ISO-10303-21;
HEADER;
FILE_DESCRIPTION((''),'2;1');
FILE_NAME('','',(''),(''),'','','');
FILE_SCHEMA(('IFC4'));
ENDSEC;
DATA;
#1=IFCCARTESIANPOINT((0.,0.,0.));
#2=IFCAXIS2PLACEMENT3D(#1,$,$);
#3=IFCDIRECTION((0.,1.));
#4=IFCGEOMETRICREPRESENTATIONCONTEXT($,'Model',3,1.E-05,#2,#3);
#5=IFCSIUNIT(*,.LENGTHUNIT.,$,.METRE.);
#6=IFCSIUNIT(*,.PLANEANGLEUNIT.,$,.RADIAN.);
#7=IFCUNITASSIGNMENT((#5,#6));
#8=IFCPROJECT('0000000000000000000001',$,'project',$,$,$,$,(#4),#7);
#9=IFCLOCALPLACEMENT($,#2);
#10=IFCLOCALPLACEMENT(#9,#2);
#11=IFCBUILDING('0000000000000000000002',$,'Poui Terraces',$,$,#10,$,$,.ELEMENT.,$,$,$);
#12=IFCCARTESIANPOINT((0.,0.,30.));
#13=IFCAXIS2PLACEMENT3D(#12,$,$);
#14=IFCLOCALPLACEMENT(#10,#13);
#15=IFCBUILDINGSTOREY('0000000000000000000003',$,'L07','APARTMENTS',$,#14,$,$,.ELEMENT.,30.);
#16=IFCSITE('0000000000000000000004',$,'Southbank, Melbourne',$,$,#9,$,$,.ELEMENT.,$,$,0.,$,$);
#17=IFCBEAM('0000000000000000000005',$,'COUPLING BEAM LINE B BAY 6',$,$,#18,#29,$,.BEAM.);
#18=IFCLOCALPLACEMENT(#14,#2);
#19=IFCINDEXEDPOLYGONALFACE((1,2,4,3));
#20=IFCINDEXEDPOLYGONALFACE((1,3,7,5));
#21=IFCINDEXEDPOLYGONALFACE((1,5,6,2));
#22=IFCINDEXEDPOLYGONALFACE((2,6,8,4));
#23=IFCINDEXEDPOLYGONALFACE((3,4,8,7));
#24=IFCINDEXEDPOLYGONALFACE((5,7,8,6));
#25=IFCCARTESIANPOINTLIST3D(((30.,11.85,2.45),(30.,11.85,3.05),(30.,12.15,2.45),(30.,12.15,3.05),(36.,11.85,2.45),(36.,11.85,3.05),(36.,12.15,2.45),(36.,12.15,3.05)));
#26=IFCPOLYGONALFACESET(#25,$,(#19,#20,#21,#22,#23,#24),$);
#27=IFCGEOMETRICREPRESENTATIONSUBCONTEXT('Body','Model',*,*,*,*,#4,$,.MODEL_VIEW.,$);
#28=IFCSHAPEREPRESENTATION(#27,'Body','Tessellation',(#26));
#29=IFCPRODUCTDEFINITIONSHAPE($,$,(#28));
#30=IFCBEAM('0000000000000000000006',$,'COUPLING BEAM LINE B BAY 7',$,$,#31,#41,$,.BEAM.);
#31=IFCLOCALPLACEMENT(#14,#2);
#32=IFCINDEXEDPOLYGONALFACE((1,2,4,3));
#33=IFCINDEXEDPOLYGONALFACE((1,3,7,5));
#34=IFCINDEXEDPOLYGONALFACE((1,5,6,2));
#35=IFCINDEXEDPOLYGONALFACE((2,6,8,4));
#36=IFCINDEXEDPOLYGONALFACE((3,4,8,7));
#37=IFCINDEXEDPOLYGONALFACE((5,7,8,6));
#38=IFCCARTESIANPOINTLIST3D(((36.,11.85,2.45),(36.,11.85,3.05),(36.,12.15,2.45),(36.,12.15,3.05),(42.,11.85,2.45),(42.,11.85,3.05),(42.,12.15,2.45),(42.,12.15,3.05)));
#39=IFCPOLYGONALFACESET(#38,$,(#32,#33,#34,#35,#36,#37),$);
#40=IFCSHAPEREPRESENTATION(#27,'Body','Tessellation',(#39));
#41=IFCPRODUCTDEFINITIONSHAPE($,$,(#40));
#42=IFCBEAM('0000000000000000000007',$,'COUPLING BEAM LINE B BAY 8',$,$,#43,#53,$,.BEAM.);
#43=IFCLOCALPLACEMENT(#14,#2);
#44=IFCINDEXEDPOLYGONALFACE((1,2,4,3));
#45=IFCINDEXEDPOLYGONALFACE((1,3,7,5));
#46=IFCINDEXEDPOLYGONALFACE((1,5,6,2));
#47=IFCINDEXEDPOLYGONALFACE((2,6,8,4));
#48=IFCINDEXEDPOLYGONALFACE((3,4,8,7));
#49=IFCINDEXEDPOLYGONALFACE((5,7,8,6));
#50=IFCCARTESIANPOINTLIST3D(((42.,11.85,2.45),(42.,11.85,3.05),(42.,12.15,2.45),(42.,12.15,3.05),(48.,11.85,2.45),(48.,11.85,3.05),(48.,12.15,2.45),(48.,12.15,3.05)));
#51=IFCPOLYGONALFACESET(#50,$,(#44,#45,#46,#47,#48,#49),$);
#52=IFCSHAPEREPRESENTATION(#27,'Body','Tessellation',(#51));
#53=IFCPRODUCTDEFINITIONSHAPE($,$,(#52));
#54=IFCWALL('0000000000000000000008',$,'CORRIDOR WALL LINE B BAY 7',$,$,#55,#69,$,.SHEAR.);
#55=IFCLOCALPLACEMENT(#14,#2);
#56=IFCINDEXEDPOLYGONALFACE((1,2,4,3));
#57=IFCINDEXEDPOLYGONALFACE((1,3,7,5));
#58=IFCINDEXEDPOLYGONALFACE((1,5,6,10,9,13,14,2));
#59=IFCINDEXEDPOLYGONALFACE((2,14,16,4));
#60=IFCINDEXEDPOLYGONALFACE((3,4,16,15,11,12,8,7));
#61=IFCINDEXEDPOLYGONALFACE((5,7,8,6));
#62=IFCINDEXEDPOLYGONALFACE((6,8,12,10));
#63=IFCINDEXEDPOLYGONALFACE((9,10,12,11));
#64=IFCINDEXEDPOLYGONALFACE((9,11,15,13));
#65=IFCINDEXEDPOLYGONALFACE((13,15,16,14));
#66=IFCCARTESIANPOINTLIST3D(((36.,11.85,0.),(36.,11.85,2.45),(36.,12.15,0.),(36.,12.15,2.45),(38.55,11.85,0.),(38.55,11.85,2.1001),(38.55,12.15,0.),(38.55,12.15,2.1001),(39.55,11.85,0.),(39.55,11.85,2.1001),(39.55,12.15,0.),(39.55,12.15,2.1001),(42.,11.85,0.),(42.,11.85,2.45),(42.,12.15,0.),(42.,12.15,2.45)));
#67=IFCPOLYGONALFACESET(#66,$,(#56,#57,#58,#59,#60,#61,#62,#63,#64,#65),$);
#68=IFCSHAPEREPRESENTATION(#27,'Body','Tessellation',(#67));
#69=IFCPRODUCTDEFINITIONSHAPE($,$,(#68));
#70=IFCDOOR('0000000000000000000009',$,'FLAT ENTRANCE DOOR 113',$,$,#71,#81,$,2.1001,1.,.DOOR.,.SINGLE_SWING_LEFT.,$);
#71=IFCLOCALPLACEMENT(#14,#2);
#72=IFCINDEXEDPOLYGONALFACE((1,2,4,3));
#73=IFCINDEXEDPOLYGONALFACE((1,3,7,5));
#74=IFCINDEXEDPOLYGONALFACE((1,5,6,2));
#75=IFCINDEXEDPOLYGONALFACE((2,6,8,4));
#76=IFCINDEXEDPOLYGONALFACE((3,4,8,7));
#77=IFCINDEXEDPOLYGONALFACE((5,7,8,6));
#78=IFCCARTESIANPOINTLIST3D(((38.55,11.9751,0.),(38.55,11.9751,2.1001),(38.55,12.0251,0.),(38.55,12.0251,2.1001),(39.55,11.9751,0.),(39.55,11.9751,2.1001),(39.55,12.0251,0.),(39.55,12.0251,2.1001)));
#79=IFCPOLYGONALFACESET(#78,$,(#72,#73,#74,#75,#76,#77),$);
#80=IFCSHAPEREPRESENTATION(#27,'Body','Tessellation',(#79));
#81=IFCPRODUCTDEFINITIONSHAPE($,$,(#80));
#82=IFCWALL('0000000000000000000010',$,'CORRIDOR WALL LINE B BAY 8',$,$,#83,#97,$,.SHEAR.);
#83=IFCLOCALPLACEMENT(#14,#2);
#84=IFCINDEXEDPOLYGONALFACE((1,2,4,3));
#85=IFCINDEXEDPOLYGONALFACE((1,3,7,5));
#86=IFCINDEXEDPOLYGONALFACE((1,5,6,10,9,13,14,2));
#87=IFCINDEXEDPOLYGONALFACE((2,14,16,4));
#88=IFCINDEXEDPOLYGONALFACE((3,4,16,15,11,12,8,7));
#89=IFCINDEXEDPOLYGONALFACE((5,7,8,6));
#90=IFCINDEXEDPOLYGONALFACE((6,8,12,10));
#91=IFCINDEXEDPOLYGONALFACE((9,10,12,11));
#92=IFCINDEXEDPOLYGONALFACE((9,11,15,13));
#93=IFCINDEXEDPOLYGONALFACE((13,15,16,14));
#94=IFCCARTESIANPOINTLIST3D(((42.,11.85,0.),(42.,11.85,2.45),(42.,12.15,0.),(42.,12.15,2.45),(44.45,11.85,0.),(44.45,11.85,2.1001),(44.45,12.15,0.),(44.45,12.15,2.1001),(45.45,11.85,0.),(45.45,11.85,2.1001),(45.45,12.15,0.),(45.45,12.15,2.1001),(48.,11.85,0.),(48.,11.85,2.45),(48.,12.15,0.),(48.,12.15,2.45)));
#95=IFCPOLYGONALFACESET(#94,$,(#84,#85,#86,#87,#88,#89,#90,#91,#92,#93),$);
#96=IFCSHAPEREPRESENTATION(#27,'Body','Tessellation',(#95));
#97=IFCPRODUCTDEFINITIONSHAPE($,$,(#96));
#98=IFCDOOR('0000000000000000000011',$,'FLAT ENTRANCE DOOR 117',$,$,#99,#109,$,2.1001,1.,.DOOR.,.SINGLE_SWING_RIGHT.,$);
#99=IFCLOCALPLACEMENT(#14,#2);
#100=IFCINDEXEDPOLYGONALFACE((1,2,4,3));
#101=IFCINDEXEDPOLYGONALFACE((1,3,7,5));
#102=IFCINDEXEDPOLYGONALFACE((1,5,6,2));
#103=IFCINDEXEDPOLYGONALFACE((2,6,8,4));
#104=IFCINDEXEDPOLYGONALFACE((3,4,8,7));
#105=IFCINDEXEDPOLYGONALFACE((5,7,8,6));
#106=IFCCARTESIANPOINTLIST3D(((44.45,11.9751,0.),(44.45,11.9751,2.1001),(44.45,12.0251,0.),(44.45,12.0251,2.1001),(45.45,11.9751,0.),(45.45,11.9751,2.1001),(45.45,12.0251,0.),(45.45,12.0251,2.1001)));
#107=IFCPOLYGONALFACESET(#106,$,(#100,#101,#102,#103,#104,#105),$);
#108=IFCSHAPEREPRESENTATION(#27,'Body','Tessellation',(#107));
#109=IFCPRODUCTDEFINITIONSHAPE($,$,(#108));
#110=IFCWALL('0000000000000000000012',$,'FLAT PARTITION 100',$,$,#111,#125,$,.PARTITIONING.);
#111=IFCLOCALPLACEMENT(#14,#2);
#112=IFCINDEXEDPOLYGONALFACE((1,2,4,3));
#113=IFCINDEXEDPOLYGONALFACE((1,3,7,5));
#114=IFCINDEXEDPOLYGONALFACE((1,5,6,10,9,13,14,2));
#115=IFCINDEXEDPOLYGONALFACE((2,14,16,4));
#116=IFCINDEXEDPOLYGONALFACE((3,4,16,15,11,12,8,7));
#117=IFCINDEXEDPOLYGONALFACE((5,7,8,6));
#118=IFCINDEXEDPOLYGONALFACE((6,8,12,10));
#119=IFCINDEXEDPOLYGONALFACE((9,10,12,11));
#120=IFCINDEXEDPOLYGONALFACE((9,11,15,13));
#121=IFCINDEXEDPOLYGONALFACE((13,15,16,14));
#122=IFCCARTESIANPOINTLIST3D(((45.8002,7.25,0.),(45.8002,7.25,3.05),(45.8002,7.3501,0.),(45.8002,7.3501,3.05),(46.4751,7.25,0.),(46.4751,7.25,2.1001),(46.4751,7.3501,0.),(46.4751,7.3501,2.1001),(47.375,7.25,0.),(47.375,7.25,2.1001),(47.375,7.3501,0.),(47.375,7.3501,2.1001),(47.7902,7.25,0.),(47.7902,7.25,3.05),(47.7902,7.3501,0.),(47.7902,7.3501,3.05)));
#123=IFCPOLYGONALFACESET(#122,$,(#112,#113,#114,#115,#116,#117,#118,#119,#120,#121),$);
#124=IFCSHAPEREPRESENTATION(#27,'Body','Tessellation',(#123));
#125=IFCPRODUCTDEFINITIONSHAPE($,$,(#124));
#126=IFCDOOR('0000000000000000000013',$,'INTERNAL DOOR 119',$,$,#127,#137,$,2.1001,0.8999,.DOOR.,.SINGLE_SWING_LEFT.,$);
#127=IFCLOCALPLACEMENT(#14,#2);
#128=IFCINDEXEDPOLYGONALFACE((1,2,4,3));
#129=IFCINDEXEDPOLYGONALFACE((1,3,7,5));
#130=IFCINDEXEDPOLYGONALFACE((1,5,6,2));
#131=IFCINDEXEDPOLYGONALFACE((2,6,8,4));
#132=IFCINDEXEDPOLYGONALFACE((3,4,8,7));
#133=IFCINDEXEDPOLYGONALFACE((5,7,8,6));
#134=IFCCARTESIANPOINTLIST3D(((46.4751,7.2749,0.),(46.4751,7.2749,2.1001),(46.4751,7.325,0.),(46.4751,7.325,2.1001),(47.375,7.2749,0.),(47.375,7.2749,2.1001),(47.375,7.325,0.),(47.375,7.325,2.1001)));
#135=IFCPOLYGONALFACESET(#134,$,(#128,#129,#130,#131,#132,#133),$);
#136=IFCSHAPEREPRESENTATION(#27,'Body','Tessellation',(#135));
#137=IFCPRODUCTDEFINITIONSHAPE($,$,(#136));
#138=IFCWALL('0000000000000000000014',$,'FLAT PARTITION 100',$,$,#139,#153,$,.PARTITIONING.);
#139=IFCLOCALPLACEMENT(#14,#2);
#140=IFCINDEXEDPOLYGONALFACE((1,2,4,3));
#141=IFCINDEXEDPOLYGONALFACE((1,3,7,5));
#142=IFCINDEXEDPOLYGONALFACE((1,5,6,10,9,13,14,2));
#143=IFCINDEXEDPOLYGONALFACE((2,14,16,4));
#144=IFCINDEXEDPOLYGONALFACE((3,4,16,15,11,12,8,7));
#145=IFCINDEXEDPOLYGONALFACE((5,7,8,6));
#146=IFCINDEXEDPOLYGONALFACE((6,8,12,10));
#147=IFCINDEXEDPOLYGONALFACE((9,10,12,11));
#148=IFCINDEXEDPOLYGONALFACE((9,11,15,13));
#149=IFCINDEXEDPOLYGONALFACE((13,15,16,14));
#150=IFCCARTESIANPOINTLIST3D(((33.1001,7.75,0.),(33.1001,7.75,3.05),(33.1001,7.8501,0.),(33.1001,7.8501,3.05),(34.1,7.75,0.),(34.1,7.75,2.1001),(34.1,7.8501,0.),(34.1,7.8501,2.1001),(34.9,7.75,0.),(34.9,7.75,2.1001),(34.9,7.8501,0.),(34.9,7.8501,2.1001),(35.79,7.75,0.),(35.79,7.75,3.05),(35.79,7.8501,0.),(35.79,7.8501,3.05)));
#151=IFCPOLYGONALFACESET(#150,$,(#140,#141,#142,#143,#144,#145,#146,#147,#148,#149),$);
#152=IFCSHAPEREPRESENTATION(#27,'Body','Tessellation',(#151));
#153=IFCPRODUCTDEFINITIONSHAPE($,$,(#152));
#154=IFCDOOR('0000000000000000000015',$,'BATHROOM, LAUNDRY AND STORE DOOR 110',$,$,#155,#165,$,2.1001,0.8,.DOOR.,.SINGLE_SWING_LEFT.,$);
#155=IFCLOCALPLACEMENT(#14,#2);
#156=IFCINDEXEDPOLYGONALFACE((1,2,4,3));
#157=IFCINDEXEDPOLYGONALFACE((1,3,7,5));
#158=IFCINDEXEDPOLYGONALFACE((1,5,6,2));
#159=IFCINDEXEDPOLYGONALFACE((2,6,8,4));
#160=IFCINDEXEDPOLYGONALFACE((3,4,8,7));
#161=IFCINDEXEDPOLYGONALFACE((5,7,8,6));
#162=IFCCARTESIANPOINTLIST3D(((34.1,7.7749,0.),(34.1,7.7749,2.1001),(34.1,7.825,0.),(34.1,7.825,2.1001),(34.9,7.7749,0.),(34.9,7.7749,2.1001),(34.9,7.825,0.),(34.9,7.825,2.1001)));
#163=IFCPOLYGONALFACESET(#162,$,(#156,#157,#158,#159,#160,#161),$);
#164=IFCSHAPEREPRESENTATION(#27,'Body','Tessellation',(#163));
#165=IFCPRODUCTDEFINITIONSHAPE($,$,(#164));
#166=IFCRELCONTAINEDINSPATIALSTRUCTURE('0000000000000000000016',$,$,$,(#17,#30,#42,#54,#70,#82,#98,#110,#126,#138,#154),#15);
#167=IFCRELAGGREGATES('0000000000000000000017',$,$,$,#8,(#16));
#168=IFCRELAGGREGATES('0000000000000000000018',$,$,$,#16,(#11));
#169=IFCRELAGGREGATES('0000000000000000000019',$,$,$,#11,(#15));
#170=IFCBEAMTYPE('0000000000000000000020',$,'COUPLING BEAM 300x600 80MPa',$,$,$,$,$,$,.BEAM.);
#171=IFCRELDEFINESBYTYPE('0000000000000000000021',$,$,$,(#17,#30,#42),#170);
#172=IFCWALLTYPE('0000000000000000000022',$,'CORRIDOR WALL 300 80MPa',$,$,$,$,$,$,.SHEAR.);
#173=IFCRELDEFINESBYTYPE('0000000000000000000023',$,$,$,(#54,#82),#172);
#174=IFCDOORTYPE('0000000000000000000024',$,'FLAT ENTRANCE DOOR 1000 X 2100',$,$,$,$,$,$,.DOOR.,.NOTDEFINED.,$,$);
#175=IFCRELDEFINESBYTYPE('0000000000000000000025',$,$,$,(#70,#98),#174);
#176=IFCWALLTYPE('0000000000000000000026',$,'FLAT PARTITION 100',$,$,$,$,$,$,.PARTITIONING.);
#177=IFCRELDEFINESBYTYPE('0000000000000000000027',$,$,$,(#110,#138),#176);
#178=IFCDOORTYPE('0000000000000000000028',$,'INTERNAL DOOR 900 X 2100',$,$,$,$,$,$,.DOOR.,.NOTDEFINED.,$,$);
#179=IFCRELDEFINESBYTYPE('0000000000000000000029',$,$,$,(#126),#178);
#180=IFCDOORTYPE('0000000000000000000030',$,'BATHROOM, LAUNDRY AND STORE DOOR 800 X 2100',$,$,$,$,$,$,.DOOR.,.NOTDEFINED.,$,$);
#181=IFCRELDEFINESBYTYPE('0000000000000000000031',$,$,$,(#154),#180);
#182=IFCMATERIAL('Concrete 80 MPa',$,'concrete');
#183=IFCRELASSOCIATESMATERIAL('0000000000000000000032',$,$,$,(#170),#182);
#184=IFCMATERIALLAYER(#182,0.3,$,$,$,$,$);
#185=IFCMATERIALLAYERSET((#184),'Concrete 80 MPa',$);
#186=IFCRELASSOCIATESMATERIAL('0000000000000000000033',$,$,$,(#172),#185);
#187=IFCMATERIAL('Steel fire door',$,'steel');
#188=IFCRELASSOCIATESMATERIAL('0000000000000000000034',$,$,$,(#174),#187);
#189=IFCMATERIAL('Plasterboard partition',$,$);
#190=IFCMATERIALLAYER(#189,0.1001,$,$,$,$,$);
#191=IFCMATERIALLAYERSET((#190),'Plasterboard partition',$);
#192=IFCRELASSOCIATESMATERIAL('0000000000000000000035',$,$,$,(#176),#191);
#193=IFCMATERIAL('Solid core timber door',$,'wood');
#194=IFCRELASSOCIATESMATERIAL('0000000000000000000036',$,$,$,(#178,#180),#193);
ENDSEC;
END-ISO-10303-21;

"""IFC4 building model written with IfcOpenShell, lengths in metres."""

from ifc_helpers import new_model, si_unit, direction, frame, frame_2d, origin, origin_2d, place, context, subcontext, project, spatial, rectangle, extrude, source, transform, mapped, material, layer, layer_set, material_profile, profile_set, type_object, element, fill, save


model = new_model("IFC4")

# Units and contexts
model_context = context("Model", 3, precision=1e-05, world=origin(), true_north=direction((0.0, 1.0)))
body_context = subcontext(model_context, "Body", "Model", "MODEL_VIEW")
ifc_project = project(units=[si_unit("LENGTHUNIT", "METRE"), si_unit("PLANEANGLEUNIT", "RADIAN")], contexts=[model_context])

# Site, building, storey
site_placement = place(None, origin())
site = spatial("IfcSite", under=ifc_project, at=site_placement, Name="Southbank, Melbourne", CompositionType="ELEMENT", RefElevation=0.0)
building_placement = place(site_placement, origin())
building = spatial("IfcBuilding", under=site, at=building_placement, Name="Poui Terraces", CompositionType="ELEMENT")
storey_placement = place(building_placement, frame((0.0, 0.0, 30.0)))
storey = spatial("IfcBuildingStorey", under=building, at=storey_placement, Name="L07", Description="APARTMENTS", CompositionType="ELEMENT", Elevation=30.0)

# Beams
ifc_material_1 = material(Name="Concrete 80 MPa", Category="concrete")
ifc_material_profile = material_profile(ifc_material_1, rectangle(XDim=0.3, YDim=0.6001, at=origin_2d()), Name="RC 300x600")
ifc_profile_set = profile_set([ifc_material_profile], Name="Concrete 80 MPa")
beam_type = type_object("IfcBeamType", Name="COUPLING BEAM 300x600 80MPa", PredefinedType="BEAM", material=ifc_profile_set)
shared_shape = source(origin(), body_context, "Body", "SweptSolid", [
    extrude(rectangle(XDim=0.3, YDim=0.6001, at=origin_2d()), origin(), (0.0, 0.0, 1.0), 6.0),
])
for number, where, z_axis, x_axis, name in (
    (1, (30.0, 12.0, 2.75), (1.0, 0.0, 0.0), (0.0, 1.0, 0.0), "COUPLING BEAM LINE B BAY 6"),
    (2, (36.0, 12.0, 2.75), (1.0, 0.0, 0.0), (0.0, 1.0, 0.0), "COUPLING BEAM LINE B BAY 7"),
    (3, (42.0, 12.0, 2.75), (1.0, 0.0, 0.0), (0.0, 1.0, 0.0), "COUPLING BEAM LINE B BAY 8"),
):
    element("IfcBeam", number, at=place(storey_placement, frame(where, z_axis=z_axis, x_axis=x_axis)), inside=storey, type_object=beam_type, Name=name, PredefinedType="BEAM", context=body_context, shape_type="MappedRepresentation", body=[
        mapped(shared_shape, transform((0.0, 0.0, 0.0))),
    ])

# Walls, openings, doors
ifc_layer_1 = layer(ifc_material_1, 0.3)
ifc_layer_set_1 = layer_set([ifc_layer_1], Name="Concrete 80 MPa")
wall_type_1 = type_object("IfcWallType", Name="CORRIDOR WALL 300 80MPa", PredefinedType="SHEAR", material=ifc_layer_set_1)
wall_1_placement = place(storey_placement, frame((36.0, 12.0, 0.0), z_axis=(0.0, 0.0, 1.0), x_axis=(1.0, 0.0, 0.0)))
wall_1 = element("IfcWall", 4, at=wall_1_placement, inside=storey, type_object=wall_type_1, Name="CORRIDOR WALL LINE B BAY 7", PredefinedType="SHEAR", context=body_context, shape_type="SweptSolid", body=[
    extrude(rectangle(XDim=6.0, YDim=0.3, at=frame_2d((3.0, 0.0))), origin(), (0.0, 0.0, 1.0), 2.45),
])
opening_1_placement = place(wall_1_placement, frame((2.55, 0.0, 0.0)))
opening_1 = element("IfcOpeningElement", 5, at=opening_1_placement, cuts=wall_1, PredefinedType="OPENING", context=body_context, shape_type="SweptSolid", body=[
    extrude(rectangle(XDim=1.0, YDim=2.1001, at=frame_2d((0.5, 1.05))), frame((0.0, 0.1602, 0.0), z_axis=(0.0, -1.0, 0.0), x_axis=(1.0, 0.0, 0.0)), (0.0, 0.0, 1.0), 0.3201),
])
ifc_material_2 = material(Name="Steel fire door", Category="steel")
door_type_1 = type_object("IfcDoorType", Name="FLAT ENTRANCE DOOR 1000 X 2100", OperationType="NOTDEFINED", PredefinedType="DOOR", material=ifc_material_2)
door_1_placement = place(opening_1_placement, frame((1.0, 0.0, 0.0), z_axis=(0.0, 0.0, 1.0), x_axis=(-1.0, 0.0, 0.0)))
door_1 = element("IfcDoor", 6, at=door_1_placement, inside=storey, type_object=door_type_1, Name="FLAT ENTRANCE DOOR 113", OperationType="SINGLE_SWING_LEFT", OverallHeight=2.1001, OverallWidth=1.0, PredefinedType="DOOR", context=body_context, shape_type="SweptSolid", body=[
    extrude(rectangle(XDim=1.0, YDim=2.1001, at=frame_2d((0.5, 1.05))), frame((0.0, 0.0249, 0.0), z_axis=(0.0, -1.0, 0.0), x_axis=(1.0, 0.0, 0.0)), (0.0, 0.0, 1.0), 0.05),
])
fill(opening_1, door_1)
wall_2_placement = place(storey_placement, frame((42.0, 12.0, 0.0), z_axis=(0.0, 0.0, 1.0), x_axis=(1.0, 0.0, 0.0)))
wall_2 = element("IfcWall", 7, at=wall_2_placement, inside=storey, type_object=wall_type_1, Name="CORRIDOR WALL LINE B BAY 8", PredefinedType="SHEAR", context=body_context, shape_type="SweptSolid", body=[
    extrude(rectangle(XDim=6.0, YDim=0.3, at=frame_2d((3.0, 0.0))), origin(), (0.0, 0.0, 1.0), 2.45),
])
opening_2_placement = place(wall_2_placement, frame((2.45, 0.0, 0.0)))
opening_2 = element("IfcOpeningElement", 8, at=opening_2_placement, cuts=wall_2, PredefinedType="OPENING", context=body_context, shape_type="SweptSolid", body=[
    extrude(rectangle(XDim=1.0, YDim=2.1001, at=frame_2d((0.5, 1.05))), frame((0.0, 0.1602, 0.0), z_axis=(0.0, -1.0, 0.0), x_axis=(1.0, 0.0, 0.0)), (0.0, 0.0, 1.0), 0.3201),
])
door_2_placement = place(opening_2_placement, frame((1.0, 0.0, 0.0), z_axis=(0.0, 0.0, 1.0), x_axis=(-1.0, 0.0, 0.0)))
door_2 = element("IfcDoor", 9, at=door_2_placement, inside=storey, type_object=door_type_1, Name="FLAT ENTRANCE DOOR 117", OperationType="SINGLE_SWING_RIGHT", OverallHeight=2.1001, OverallWidth=1.0, PredefinedType="DOOR", context=body_context, shape_type="SweptSolid", body=[
    extrude(rectangle(XDim=1.0, YDim=2.1001, at=frame_2d((0.5, 1.05))), frame((0.0, 0.0249, 0.0), z_axis=(0.0, -1.0, 0.0), x_axis=(1.0, 0.0, 0.0)), (0.0, 0.0, 1.0), 0.05),
])
fill(opening_2, door_2)
ifc_material_3 = material(Name="Plasterboard partition")
ifc_layer_2 = layer(ifc_material_3, 0.1001)
ifc_layer_set_2 = layer_set([ifc_layer_2], Name="Plasterboard partition")
wall_type_2 = type_object("IfcWallType", Name="FLAT PARTITION 100", PredefinedType="PARTITIONING", material=ifc_layer_set_2)
wall_3_placement = place(storey_placement, frame((45.8, 7.3, 0.0), z_axis=(0.0, 0.0, 1.0), x_axis=(1.0, 0.0, 0.0)))
wall_3 = element("IfcWall", 10, at=wall_3_placement, inside=storey, type_object=wall_type_2, Name="FLAT PARTITION 100", PredefinedType="PARTITIONING", context=body_context, shape_type="SweptSolid", body=[
    extrude(rectangle(XDim=1.99, YDim=0.1001, at=frame_2d((0.9951, 0.0))), origin(), (0.0, 0.0, 1.0), 3.05),
])
opening_3_placement = place(wall_3_placement, frame((0.675, 0.0, 0.0)))
opening_3 = element("IfcOpeningElement", 11, at=opening_3_placement, cuts=wall_3, PredefinedType="OPENING", context=body_context, shape_type="SweptSolid", body=[
    extrude(rectangle(XDim=0.8999, YDim=2.1001, at=frame_2d((0.45, 1.05))), frame((0.0, 0.0601, 0.0), z_axis=(0.0, -1.0, 0.0), x_axis=(1.0, 0.0, 0.0)), (0.0, 0.0, 1.0), 0.1201),
])
ifc_material_4 = material(Name="Solid core timber door", Category="wood")
door_type_2 = type_object("IfcDoorType", Name="INTERNAL DOOR 900 X 2100", OperationType="NOTDEFINED", PredefinedType="DOOR", material=ifc_material_4)
door_3_placement = place(opening_3_placement, origin())
door_3 = element("IfcDoor", 12, at=door_3_placement, inside=storey, type_object=door_type_2, Name="INTERNAL DOOR 119", OperationType="SINGLE_SWING_LEFT", OverallHeight=2.1001, OverallWidth=0.8999, PredefinedType="DOOR", context=body_context, shape_type="SweptSolid", body=[
    extrude(rectangle(XDim=0.8999, YDim=2.1001, at=frame_2d((0.45, 1.05))), frame((0.0, 0.0249, 0.0), z_axis=(0.0, -1.0, 0.0), x_axis=(1.0, 0.0, 0.0)), (0.0, 0.0, 1.0), 0.05),
])
fill(opening_3, door_3)
wall_4_placement = place(storey_placement, frame((33.1001, 7.8, 0.0), z_axis=(0.0, 0.0, 1.0), x_axis=(1.0, 0.0, 0.0)))
wall_4 = element("IfcWall", 13, at=wall_4_placement, inside=storey, type_object=wall_type_2, Name="FLAT PARTITION 100", PredefinedType="PARTITIONING", context=body_context, shape_type="SweptSolid", body=[
    extrude(rectangle(XDim=2.6899, YDim=0.1001, at=frame_2d((1.345, 0.0))), origin(), (0.0, 0.0, 1.0), 3.05),
])
opening_4_placement = place(wall_4_placement, frame((1.0, 0.0, 0.0)))
opening_4 = element("IfcOpeningElement", 14, at=opening_4_placement, cuts=wall_4, PredefinedType="OPENING", context=body_context, shape_type="SweptSolid", body=[
    extrude(rectangle(XDim=0.8, YDim=2.1001, at=frame_2d((0.3999, 1.05))), frame((0.0, 0.0601, 0.0), z_axis=(0.0, -1.0, 0.0), x_axis=(1.0, 0.0, 0.0)), (0.0, 0.0, 1.0), 0.1201),
])
door_type_3 = type_object("IfcDoorType", Name="BATHROOM, LAUNDRY AND STORE DOOR 800 X 2100", OperationType="NOTDEFINED", PredefinedType="DOOR", material=ifc_material_4)
door_4_placement = place(opening_4_placement, origin())
door_4 = element("IfcDoor", 15, at=door_4_placement, inside=storey, type_object=door_type_3, Name="BATHROOM, LAUNDRY AND STORE DOOR 110", OperationType="SINGLE_SWING_LEFT", OverallHeight=2.1001, OverallWidth=0.8, PredefinedType="DOOR", context=body_context, shape_type="SweptSolid", body=[
    extrude(rectangle(XDim=0.8, YDim=2.1001, at=frame_2d((0.3999, 1.05))), frame((0.0, 0.0249, 0.0), z_axis=(0.0, -1.0, 0.0), x_axis=(1.0, 0.0, 0.0)), (0.0, 0.0, 1.0), 0.05),
])
fill(opening_4, door_4)

save(model, "model.ifc")
